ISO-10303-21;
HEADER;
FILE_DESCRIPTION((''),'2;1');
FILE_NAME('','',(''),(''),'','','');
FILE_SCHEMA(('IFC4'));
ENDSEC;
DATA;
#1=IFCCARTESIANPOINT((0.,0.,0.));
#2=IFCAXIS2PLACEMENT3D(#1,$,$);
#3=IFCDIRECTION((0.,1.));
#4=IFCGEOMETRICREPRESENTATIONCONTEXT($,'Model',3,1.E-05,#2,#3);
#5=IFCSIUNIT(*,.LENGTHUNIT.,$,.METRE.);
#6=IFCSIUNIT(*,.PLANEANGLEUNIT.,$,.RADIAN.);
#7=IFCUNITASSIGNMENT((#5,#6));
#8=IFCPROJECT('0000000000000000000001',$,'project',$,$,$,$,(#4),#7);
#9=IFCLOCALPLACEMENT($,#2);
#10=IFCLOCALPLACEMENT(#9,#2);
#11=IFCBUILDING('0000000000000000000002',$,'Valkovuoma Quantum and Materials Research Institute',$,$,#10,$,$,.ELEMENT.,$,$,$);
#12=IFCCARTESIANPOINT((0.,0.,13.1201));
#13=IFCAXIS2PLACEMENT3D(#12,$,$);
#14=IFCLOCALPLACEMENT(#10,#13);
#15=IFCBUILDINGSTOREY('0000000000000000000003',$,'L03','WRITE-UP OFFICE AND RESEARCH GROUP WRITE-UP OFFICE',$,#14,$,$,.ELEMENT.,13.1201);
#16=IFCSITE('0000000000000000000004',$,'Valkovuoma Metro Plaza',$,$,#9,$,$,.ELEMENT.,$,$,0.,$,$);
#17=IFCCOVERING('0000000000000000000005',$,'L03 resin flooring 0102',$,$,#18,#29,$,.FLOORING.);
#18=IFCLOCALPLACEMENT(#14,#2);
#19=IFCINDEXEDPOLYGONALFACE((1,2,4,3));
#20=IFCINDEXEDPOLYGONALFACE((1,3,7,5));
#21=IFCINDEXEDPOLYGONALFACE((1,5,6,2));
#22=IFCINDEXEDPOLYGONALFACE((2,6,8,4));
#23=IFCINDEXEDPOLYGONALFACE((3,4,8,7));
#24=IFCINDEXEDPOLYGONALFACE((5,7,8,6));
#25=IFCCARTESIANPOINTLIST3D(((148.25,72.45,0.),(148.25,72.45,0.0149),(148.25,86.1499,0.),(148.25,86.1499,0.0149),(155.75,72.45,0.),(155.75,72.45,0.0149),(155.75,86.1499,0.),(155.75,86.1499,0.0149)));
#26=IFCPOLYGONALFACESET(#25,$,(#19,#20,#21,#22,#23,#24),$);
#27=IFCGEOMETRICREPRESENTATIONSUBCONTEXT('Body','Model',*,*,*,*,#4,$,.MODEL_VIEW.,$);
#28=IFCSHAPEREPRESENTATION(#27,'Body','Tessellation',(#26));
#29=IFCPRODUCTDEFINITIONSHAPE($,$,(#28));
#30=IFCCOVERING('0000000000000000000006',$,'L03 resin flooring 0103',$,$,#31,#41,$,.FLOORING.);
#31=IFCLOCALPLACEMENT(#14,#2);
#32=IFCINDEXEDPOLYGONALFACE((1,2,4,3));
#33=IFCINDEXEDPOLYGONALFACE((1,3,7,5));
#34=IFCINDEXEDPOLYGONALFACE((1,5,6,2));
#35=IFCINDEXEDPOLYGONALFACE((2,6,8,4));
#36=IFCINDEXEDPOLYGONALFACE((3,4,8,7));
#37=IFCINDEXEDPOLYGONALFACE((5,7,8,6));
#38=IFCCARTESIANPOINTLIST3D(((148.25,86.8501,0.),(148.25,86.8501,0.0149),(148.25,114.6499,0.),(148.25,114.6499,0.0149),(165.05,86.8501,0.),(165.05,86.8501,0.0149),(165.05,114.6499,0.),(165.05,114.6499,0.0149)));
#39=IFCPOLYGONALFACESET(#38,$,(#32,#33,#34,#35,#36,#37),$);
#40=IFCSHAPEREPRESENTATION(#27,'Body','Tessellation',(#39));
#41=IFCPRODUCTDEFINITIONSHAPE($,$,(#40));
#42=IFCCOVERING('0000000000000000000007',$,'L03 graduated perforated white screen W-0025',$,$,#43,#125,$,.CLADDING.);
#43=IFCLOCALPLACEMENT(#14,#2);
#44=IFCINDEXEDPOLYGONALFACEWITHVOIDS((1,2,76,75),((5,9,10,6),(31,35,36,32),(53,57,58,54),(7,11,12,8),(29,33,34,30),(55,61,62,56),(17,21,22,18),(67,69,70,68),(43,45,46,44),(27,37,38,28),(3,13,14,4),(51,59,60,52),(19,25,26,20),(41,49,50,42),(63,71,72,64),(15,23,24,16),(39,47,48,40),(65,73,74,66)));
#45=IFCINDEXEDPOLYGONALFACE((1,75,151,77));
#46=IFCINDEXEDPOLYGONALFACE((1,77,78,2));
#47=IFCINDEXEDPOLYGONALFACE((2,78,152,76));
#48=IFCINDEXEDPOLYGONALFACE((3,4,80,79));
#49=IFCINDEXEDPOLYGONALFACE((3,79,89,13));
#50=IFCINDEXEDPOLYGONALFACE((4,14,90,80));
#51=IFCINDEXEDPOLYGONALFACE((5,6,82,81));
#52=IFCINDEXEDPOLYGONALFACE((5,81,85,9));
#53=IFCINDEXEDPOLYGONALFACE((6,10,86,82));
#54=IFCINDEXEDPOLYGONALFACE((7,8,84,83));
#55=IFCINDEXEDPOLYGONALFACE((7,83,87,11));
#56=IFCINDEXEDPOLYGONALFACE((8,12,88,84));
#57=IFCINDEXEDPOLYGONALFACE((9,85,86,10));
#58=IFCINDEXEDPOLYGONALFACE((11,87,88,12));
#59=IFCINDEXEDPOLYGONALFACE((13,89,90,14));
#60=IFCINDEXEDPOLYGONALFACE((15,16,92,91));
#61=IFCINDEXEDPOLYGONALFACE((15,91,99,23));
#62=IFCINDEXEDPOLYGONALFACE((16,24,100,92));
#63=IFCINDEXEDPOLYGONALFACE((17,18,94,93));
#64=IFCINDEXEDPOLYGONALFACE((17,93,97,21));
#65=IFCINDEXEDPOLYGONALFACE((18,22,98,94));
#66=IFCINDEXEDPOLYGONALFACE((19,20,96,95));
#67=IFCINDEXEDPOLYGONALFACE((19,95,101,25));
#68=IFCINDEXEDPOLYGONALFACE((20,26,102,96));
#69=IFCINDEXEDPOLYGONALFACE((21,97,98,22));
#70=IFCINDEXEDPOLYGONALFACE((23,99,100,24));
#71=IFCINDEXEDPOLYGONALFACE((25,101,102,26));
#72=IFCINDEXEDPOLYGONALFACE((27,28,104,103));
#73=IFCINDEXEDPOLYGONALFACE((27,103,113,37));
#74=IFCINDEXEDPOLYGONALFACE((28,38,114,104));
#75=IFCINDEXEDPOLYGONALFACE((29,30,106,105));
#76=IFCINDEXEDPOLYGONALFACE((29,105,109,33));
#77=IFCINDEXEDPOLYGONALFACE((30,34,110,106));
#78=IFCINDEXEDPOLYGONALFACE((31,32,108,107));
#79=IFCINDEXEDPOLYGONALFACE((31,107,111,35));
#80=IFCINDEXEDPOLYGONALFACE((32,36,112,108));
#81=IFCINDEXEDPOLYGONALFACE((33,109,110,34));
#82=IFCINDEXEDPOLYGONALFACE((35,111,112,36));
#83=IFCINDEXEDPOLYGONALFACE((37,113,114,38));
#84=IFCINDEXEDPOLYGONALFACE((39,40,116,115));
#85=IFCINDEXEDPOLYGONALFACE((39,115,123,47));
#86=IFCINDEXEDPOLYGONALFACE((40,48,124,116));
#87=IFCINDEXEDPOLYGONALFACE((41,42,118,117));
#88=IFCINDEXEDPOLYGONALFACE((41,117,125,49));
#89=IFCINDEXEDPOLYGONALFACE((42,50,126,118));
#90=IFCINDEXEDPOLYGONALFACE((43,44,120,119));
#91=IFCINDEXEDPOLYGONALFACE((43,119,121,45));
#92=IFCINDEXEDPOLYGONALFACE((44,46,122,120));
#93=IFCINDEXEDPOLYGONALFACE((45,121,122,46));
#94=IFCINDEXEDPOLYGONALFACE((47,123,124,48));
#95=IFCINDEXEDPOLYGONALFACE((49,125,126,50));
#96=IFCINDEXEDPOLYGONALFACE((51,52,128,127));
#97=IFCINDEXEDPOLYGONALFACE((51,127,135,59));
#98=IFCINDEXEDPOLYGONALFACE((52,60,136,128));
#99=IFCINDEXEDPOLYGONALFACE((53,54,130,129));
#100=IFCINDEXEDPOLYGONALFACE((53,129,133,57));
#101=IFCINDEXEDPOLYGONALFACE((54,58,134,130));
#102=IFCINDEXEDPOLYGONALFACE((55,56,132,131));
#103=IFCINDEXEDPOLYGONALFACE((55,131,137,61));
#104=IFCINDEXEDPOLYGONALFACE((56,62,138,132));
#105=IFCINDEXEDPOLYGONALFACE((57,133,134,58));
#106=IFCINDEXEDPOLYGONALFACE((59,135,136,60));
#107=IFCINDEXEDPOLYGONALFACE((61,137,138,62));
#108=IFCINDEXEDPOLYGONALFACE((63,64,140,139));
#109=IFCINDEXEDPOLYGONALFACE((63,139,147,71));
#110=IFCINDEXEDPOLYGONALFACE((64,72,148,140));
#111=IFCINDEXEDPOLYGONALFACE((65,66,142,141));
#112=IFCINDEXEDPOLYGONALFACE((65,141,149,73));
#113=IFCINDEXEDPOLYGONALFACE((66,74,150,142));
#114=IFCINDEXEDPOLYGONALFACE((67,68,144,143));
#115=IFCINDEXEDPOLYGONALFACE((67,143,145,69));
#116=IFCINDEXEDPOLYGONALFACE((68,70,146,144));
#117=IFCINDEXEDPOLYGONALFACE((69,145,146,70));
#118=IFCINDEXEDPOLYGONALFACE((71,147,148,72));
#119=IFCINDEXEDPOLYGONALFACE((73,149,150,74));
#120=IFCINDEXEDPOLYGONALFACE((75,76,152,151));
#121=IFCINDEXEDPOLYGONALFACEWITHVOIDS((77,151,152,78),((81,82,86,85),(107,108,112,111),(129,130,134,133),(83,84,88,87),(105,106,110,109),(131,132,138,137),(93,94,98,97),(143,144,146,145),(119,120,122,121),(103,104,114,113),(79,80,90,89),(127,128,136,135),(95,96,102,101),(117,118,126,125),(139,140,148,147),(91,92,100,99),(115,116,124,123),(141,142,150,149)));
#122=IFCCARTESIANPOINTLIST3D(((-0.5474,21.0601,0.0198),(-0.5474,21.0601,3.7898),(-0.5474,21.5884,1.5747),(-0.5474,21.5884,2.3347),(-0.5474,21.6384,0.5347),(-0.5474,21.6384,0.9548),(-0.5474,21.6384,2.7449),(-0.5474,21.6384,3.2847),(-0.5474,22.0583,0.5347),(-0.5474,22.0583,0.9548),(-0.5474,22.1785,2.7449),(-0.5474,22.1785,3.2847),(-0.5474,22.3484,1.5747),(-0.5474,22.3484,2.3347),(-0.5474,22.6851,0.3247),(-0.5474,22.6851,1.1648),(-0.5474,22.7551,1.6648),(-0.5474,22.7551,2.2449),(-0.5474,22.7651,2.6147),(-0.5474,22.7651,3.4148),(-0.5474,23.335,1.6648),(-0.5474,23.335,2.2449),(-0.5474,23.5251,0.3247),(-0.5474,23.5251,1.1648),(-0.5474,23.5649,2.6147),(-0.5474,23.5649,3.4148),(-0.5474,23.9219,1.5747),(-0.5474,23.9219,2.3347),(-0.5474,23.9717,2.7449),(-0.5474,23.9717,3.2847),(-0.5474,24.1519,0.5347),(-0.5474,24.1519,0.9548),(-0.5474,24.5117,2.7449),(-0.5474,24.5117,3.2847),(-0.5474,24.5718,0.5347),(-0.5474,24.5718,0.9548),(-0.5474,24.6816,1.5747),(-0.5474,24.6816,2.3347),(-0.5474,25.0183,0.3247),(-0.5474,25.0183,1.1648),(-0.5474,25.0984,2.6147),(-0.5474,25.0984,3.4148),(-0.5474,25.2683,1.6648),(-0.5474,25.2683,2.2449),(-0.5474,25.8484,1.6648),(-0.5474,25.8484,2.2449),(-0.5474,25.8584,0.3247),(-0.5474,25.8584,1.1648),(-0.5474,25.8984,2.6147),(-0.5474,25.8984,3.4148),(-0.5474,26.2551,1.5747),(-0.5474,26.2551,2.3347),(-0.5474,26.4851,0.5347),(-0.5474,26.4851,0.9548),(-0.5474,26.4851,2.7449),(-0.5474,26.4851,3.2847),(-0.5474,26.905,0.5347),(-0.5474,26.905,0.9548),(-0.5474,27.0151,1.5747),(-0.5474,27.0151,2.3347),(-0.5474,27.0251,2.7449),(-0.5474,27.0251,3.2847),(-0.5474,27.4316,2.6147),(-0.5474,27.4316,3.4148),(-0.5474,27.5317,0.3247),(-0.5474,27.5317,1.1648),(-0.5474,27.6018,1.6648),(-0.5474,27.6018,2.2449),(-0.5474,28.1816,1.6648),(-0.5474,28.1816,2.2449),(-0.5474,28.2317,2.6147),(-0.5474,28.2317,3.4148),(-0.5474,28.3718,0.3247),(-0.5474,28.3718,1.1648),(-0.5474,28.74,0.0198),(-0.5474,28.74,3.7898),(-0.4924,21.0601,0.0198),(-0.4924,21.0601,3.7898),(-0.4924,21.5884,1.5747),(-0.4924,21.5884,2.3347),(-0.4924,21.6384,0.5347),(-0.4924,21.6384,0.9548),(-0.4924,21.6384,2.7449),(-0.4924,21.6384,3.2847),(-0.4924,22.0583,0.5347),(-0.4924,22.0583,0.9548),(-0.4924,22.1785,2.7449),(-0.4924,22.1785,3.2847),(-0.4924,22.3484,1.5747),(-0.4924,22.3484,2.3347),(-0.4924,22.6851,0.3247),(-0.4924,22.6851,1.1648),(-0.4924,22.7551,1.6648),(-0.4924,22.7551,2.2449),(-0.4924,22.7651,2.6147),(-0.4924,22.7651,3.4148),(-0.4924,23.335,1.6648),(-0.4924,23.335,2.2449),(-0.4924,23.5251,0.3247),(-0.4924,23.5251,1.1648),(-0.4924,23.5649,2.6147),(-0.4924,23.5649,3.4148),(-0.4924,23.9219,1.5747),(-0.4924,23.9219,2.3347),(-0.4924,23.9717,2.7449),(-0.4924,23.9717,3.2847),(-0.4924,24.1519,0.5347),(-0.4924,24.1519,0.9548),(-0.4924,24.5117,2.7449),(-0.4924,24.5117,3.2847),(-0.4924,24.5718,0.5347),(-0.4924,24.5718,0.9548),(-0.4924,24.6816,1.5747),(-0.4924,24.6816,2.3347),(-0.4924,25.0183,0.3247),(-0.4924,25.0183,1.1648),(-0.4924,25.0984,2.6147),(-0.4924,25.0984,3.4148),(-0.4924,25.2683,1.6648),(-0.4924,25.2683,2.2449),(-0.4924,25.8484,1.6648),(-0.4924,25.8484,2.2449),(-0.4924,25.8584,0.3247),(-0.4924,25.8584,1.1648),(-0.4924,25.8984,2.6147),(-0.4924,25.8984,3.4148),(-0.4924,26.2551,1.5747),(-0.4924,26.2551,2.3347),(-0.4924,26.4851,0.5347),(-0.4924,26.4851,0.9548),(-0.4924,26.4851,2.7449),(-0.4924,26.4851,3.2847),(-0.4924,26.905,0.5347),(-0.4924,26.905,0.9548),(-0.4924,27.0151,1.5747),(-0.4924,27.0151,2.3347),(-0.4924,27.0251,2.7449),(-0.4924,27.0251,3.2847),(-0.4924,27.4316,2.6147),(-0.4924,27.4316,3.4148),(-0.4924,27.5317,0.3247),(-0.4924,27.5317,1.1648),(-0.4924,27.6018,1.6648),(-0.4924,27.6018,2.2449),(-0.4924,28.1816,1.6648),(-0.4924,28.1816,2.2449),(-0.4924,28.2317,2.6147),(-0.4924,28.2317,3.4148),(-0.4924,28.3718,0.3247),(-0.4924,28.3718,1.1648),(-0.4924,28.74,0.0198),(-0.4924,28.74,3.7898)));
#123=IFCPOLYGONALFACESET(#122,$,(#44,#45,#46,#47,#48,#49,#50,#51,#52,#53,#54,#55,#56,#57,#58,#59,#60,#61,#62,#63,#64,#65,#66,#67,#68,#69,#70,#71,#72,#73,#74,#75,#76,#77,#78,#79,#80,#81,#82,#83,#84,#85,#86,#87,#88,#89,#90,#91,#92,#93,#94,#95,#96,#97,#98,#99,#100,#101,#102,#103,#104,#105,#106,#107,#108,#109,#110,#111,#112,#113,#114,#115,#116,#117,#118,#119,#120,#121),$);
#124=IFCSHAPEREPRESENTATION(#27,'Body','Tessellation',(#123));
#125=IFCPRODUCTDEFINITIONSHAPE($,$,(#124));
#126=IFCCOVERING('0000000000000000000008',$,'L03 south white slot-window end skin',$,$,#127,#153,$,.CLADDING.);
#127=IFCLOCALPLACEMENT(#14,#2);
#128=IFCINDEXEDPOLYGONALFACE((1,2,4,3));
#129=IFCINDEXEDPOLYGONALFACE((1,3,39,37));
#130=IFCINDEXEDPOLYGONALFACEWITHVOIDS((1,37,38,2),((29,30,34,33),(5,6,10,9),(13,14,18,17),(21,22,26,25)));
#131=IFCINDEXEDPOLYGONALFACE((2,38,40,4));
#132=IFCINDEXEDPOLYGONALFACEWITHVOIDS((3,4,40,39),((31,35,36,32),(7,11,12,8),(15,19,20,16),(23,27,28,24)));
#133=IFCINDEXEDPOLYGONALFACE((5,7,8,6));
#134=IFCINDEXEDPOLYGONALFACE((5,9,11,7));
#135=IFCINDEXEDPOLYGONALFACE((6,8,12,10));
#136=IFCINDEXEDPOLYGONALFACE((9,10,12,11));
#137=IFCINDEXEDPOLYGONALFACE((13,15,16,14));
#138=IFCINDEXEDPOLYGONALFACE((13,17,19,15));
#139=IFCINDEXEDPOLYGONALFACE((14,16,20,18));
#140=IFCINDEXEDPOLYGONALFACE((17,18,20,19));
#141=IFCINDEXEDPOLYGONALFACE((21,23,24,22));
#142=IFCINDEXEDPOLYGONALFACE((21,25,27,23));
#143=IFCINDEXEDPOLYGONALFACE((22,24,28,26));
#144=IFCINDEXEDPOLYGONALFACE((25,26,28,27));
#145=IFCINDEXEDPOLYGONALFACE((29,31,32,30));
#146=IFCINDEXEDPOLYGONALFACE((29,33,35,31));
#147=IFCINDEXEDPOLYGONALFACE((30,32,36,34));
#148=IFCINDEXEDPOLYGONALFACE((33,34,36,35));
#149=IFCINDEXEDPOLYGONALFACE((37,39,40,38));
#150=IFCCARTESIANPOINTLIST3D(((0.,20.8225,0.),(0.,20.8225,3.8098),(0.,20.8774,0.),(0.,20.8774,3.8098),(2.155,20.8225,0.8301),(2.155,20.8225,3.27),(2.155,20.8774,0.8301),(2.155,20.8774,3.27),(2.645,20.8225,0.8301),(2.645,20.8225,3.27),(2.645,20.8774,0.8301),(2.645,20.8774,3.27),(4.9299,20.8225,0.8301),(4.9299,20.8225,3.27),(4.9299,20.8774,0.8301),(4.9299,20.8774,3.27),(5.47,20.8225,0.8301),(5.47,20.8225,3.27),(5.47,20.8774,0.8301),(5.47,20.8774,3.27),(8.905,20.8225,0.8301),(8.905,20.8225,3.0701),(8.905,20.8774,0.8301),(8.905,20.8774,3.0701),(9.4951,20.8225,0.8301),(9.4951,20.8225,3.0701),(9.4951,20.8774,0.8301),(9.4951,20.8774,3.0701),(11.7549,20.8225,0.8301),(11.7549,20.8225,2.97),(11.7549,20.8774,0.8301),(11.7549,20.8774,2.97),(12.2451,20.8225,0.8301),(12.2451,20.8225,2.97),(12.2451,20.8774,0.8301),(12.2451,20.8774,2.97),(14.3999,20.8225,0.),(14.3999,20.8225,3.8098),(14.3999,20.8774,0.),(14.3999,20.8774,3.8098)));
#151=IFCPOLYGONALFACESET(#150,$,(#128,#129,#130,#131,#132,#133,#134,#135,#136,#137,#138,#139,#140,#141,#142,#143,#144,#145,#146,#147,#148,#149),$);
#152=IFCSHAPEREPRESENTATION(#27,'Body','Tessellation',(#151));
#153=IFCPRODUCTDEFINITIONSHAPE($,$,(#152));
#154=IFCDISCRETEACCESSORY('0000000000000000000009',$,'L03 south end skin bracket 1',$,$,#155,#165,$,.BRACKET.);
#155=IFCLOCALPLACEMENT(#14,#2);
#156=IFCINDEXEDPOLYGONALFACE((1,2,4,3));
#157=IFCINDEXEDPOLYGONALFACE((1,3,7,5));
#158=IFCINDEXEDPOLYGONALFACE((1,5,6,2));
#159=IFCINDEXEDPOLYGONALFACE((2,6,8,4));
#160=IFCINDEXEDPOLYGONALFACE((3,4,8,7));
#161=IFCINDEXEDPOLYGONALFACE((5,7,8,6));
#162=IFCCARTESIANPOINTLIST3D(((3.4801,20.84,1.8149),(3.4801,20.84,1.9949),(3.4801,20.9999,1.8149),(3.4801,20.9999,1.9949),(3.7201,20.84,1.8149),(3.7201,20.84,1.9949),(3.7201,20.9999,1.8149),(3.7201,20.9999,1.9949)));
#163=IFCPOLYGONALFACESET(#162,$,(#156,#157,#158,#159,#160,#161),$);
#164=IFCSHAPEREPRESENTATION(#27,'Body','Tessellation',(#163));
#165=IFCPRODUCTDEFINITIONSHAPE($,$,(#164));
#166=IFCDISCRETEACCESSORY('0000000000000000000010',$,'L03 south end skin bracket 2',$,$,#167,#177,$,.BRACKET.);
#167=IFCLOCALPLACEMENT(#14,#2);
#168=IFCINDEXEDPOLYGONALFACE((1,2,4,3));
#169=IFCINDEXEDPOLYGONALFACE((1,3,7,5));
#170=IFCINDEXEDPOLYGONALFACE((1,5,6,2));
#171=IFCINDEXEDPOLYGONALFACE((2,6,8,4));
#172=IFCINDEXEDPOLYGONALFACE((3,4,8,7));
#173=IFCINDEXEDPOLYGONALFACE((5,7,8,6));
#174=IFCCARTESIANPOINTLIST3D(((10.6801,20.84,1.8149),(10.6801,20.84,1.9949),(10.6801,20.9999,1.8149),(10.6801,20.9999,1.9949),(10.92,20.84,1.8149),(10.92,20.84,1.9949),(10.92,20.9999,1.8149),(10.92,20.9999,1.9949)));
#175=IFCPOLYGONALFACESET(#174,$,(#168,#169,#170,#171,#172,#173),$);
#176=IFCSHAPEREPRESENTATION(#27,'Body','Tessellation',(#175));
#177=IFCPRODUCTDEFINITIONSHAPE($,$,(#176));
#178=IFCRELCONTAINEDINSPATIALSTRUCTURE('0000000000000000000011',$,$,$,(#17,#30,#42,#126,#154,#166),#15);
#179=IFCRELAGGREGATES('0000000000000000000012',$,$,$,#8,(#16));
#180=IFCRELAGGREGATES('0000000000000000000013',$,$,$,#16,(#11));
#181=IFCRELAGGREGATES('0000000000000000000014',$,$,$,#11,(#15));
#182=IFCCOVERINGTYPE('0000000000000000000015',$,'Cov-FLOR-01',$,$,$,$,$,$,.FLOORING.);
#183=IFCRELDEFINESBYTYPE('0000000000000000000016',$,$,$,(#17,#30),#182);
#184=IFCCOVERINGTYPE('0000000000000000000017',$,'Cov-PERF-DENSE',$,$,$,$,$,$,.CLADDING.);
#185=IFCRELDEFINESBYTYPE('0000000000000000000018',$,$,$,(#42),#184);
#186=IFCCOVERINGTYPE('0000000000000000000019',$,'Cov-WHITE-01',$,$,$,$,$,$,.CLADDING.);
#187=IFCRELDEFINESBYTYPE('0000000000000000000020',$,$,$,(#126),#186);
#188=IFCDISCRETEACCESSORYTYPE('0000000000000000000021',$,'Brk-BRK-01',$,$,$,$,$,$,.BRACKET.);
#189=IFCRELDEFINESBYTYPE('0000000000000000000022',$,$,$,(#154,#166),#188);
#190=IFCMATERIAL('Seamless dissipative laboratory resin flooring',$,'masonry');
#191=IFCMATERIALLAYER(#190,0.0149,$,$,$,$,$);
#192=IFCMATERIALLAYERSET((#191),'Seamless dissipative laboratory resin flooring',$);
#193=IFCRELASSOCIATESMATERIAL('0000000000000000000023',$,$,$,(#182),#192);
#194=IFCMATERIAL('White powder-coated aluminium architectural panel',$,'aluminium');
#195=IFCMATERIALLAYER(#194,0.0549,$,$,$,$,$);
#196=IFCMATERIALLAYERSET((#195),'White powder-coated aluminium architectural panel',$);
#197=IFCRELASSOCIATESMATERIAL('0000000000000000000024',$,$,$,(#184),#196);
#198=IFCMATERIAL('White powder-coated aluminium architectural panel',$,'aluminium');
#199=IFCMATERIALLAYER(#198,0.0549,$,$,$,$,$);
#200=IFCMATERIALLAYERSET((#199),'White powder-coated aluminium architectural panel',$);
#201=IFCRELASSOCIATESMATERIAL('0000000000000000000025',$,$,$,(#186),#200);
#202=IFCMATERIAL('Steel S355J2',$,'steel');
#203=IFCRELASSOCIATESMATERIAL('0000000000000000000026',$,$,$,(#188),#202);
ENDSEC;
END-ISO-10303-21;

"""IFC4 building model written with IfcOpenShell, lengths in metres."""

from ifc_helpers import new_model, si_unit, direction, frame, origin, origin_2d, place, context, subcontext, project, spatial, polyline, rectangle, outline, extrude, material, layer, layer_set, type_object, element, save


model = new_model("IFC4")

# Units and contexts
model_context = context("Model", 3, precision=1e-05, world=origin(), true_north=direction((0.0, 1.0)))
body_context = subcontext(model_context, "Body", "Model", "MODEL_VIEW")
ifc_project = project(units=[si_unit("LENGTHUNIT", "METRE"), si_unit("PLANEANGLEUNIT", "RADIAN")], contexts=[model_context])

# Site, building, storey
site_placement = place(None, origin())
site = spatial("IfcSite", under=ifc_project, at=site_placement, Name="Valkovuoma Metro Plaza", CompositionType="ELEMENT", RefElevation=0.0)
building_placement = place(site_placement, origin())
building = spatial("IfcBuilding", under=site, at=building_placement, Name="Valkovuoma Quantum and Materials Research Institute", CompositionType="ELEMENT")
storey_placement = place(building_placement, frame((0.0, 0.0, 13.1201)))
storey = spatial("IfcBuildingStorey", under=building, at=storey_placement, Name="L03", Description="WRITE-UP OFFICE AND RESEARCH GROUP WRITE-UP OFFICE", CompositionType="ELEMENT", Elevation=13.1201)

# Coverings
ifc_material_1 = material(Name="Seamless dissipative laboratory resin flooring", Category="masonry")
ifc_layer_1 = layer(ifc_material_1, 0.0149)
ifc_layer_set_1 = layer_set([ifc_layer_1], Name="Seamless dissipative laboratory resin flooring")
covering_type_1 = type_object("IfcCoveringType", Name="Cov-FLOR-01", PredefinedType="FLOORING", material=ifc_layer_set_1)
covering_1_placement = place(storey_placement, origin())
element("IfcCovering", 1, at=covering_1_placement, inside=storey, type_object=covering_type_1, Name="L03 resin flooring 0102", PredefinedType="FLOORING", context=body_context, shape_type="SweptSolid", body=[
    extrude(outline(polyline([(148.25, 72.45), (155.75, 72.45), (155.75, 86.1499), (148.25, 86.1499), (148.25, 72.45)])), origin(), (0.0, 0.0, 1.0), 0.0149),
])
covering_2_placement = place(storey_placement, origin())
element("IfcCovering", 2, at=covering_2_placement, inside=storey, type_object=covering_type_1, Name="L03 resin flooring 0103", PredefinedType="FLOORING", context=body_context, shape_type="SweptSolid", body=[
    extrude(outline(polyline([(148.25, 86.8501), (165.05, 86.8501), (165.05, 114.6499), (148.25, 114.6499), (148.25, 86.8501)])), origin(), (0.0, 0.0, 1.0), 0.0149),
])
ifc_material_2 = material(Name="White powder-coated aluminium architectural panel", Category="aluminium")
ifc_layer_2 = layer(ifc_material_2, 0.0549)
ifc_layer_set_2 = layer_set([ifc_layer_2], Name="White powder-coated aluminium architectural panel")
covering_type_2 = type_object("IfcCoveringType", Name="Cov-PERF-DENSE", PredefinedType="CLADDING", material=ifc_layer_set_2)
covering_3_placement = place(storey_placement, frame((-0.52, 21.0601, 0.0198), z_axis=(0.0, 0.0, 1.0), x_axis=(0.0, 1.0, 0.0)))
element("IfcCovering", 3, at=covering_3_placement, inside=storey, type_object=covering_type_2, Name="L03 graduated perforated white screen W-0025", PredefinedType="CLADDING", context=body_context, shape_type="SweptSolid", body=[
    extrude(outline(polyline([(0.0, 0.0), (7.6799, 0.0), (7.6799, 3.77), (0.0, 3.77), (0.0, 0.0)]), holes=[polyline([(0.5784, 0.5149), (0.5784, 0.9351), (0.9983, 0.9351), (0.9983, 0.5149), (0.5784, 0.5149)]), polyline([(0.5283, 1.5549), (0.5283, 2.3149), (1.2883, 2.3149), (1.2883, 1.5549), (0.5283, 1.5549)]), polyline([(0.5784, 2.7251), (0.5784, 3.2649), (1.1184, 3.2649), (1.1184, 2.7251), (0.5784, 2.7251)]), polyline([(1.625, 0.3049), (1.625, 1.145), (2.4651, 1.145), (2.4651, 0.3049), (1.625, 0.3049)]), polyline([(1.6951, 1.645), (1.6951, 2.2251), (2.2749, 2.2251), (2.2749, 1.645), (1.6951, 1.645)]), polyline([(1.7051, 2.595), (1.7051, 3.395), (2.5049, 3.395), (2.5049, 2.595), (1.7051, 2.595)]), polyline([(3.0918, 0.5149), (3.0918, 0.9351), (3.5117, 0.9351), (3.5117, 0.5149), (3.0918, 0.5149)]), polyline([(2.8618, 1.5549), (2.8618, 2.3149), (3.6216, 2.3149), (3.6216, 1.5549), (2.8618, 1.5549)]), polyline([(2.9116, 2.7251), (2.9116, 3.2649), (3.4517, 3.2649), (3.4517, 2.7251), (2.9116, 2.7251)]), polyline([(3.9583, 0.3049), (3.9583, 1.145), (4.7983, 1.145), (4.7983, 0.3049), (3.9583, 0.3049)]), polyline([(4.2083, 1.645), (4.2083, 2.2251), (4.7883, 2.2251), (4.7883, 1.645), (4.2083, 1.645)]), polyline([(4.0383, 2.595), (4.0383, 3.395), (4.8384, 3.395), (4.8384, 2.595), (4.0383, 2.595)]), polyline([(5.425, 0.5149), (5.425, 0.9351), (5.845, 0.9351), (5.845, 0.5149), (5.425, 0.5149)]), polyline([(5.1951, 1.5549), (5.1951, 2.3149), (5.9551, 2.3149), (5.9551, 1.5549), (5.1951, 1.5549)]), polyline([(5.425, 2.7251), (5.425, 3.2649), (5.9651, 3.2649), (5.9651, 2.7251), (5.425, 2.7251)]), polyline([(6.4717, 0.3049), (6.4717, 1.145), (7.3118, 1.145), (7.3118, 0.3049), (6.4717, 0.3049)]), polyline([(6.5417, 1.645), (6.5417, 2.2251), (7.1216, 2.2251), (7.1216, 1.645), (6.5417, 1.645)]), polyline([(6.3716, 2.595), (6.3716, 3.395), (7.1716, 3.395), (7.1716, 2.595), (6.3716, 2.595)])]), frame((0.0, 0.0273, 0.0), z_axis=(0.0, -1.0, 0.0), x_axis=(1.0, 0.0, 0.0)), (0.0, 0.0, 1.0), 0.0549),
])
ifc_material_3 = material(Name="White powder-coated aluminium architectural panel", Category="aluminium")
ifc_layer_3 = layer(ifc_material_3, 0.0549)
ifc_layer_set_3 = layer_set([ifc_layer_3], Name="White powder-coated aluminium architectural panel")
covering_type_3 = type_object("IfcCoveringType", Name="Cov-WHITE-01", PredefinedType="CLADDING", material=ifc_layer_set_3)
covering_4_placement = place(storey_placement, frame((0.0, 20.8501, 0.0), z_axis=(0.0, 0.0, 1.0), x_axis=(1.0, 0.0, 0.0)))
element("IfcCovering", 4, at=covering_4_placement, inside=storey, type_object=covering_type_3, Name="L03 south white slot-window end skin", PredefinedType="CLADDING", context=body_context, shape_type="SweptSolid", body=[
    extrude(outline(polyline([(0.0, 0.0), (14.3999, 0.0), (14.3999, 3.8098), (0.0, 3.8098), (0.0, 0.0)]), holes=[polyline([(2.155, 0.8301), (2.155, 3.27), (2.645, 3.27), (2.645, 0.8301), (2.155, 0.8301)]), polyline([(4.9299, 0.8301), (4.9299, 3.27), (5.47, 3.27), (5.47, 0.8301), (4.9299, 0.8301)]), polyline([(8.905, 0.8301), (8.905, 3.0701), (9.4951, 3.0701), (9.4951, 0.8301), (8.905, 0.8301)]), polyline([(11.7549, 0.8301), (11.7549, 2.97), (12.2451, 2.97), (12.2451, 0.8301), (11.7549, 0.8301)])]), frame((0.0, 0.0273, 0.0), z_axis=(0.0, -1.0, 0.0), x_axis=(1.0, 0.0, 0.0)), (0.0, 0.0, 1.0), 0.0549),
])

# Discrete accessories
ifc_material_4 = material(Name="Steel S355J2", Category="steel")
discrete_accessory_type = type_object("IfcDiscreteAccessoryType", Name="Brk-BRK-01", PredefinedType="BRACKET", material=ifc_material_4)
for number, where, z_axis, x_axis, name in (
    (5, (3.6001, 20.9199, 1.8149), (0.0, 0.0, 1.0), (0.0, 1.0, 0.0), "L03 south end skin bracket 1"),
    (6, (10.8, 20.9199, 1.8149), (0.0, 0.0, 1.0), (0.0, 1.0, 0.0), "L03 south end skin bracket 2"),
):
    element("IfcDiscreteAccessory", number, at=place(storey_placement, frame(where, z_axis=z_axis, x_axis=x_axis)), inside=storey, type_object=discrete_accessory_type, Name=name, PredefinedType="BRACKET", context=body_context, shape_type="SweptSolid", body=[
        extrude(rectangle(XDim=0.1599, YDim=0.24, at=origin_2d()), origin(), (0.0, 0.0, 1.0), 0.1799),
    ])

save(model, "model.ifc")
